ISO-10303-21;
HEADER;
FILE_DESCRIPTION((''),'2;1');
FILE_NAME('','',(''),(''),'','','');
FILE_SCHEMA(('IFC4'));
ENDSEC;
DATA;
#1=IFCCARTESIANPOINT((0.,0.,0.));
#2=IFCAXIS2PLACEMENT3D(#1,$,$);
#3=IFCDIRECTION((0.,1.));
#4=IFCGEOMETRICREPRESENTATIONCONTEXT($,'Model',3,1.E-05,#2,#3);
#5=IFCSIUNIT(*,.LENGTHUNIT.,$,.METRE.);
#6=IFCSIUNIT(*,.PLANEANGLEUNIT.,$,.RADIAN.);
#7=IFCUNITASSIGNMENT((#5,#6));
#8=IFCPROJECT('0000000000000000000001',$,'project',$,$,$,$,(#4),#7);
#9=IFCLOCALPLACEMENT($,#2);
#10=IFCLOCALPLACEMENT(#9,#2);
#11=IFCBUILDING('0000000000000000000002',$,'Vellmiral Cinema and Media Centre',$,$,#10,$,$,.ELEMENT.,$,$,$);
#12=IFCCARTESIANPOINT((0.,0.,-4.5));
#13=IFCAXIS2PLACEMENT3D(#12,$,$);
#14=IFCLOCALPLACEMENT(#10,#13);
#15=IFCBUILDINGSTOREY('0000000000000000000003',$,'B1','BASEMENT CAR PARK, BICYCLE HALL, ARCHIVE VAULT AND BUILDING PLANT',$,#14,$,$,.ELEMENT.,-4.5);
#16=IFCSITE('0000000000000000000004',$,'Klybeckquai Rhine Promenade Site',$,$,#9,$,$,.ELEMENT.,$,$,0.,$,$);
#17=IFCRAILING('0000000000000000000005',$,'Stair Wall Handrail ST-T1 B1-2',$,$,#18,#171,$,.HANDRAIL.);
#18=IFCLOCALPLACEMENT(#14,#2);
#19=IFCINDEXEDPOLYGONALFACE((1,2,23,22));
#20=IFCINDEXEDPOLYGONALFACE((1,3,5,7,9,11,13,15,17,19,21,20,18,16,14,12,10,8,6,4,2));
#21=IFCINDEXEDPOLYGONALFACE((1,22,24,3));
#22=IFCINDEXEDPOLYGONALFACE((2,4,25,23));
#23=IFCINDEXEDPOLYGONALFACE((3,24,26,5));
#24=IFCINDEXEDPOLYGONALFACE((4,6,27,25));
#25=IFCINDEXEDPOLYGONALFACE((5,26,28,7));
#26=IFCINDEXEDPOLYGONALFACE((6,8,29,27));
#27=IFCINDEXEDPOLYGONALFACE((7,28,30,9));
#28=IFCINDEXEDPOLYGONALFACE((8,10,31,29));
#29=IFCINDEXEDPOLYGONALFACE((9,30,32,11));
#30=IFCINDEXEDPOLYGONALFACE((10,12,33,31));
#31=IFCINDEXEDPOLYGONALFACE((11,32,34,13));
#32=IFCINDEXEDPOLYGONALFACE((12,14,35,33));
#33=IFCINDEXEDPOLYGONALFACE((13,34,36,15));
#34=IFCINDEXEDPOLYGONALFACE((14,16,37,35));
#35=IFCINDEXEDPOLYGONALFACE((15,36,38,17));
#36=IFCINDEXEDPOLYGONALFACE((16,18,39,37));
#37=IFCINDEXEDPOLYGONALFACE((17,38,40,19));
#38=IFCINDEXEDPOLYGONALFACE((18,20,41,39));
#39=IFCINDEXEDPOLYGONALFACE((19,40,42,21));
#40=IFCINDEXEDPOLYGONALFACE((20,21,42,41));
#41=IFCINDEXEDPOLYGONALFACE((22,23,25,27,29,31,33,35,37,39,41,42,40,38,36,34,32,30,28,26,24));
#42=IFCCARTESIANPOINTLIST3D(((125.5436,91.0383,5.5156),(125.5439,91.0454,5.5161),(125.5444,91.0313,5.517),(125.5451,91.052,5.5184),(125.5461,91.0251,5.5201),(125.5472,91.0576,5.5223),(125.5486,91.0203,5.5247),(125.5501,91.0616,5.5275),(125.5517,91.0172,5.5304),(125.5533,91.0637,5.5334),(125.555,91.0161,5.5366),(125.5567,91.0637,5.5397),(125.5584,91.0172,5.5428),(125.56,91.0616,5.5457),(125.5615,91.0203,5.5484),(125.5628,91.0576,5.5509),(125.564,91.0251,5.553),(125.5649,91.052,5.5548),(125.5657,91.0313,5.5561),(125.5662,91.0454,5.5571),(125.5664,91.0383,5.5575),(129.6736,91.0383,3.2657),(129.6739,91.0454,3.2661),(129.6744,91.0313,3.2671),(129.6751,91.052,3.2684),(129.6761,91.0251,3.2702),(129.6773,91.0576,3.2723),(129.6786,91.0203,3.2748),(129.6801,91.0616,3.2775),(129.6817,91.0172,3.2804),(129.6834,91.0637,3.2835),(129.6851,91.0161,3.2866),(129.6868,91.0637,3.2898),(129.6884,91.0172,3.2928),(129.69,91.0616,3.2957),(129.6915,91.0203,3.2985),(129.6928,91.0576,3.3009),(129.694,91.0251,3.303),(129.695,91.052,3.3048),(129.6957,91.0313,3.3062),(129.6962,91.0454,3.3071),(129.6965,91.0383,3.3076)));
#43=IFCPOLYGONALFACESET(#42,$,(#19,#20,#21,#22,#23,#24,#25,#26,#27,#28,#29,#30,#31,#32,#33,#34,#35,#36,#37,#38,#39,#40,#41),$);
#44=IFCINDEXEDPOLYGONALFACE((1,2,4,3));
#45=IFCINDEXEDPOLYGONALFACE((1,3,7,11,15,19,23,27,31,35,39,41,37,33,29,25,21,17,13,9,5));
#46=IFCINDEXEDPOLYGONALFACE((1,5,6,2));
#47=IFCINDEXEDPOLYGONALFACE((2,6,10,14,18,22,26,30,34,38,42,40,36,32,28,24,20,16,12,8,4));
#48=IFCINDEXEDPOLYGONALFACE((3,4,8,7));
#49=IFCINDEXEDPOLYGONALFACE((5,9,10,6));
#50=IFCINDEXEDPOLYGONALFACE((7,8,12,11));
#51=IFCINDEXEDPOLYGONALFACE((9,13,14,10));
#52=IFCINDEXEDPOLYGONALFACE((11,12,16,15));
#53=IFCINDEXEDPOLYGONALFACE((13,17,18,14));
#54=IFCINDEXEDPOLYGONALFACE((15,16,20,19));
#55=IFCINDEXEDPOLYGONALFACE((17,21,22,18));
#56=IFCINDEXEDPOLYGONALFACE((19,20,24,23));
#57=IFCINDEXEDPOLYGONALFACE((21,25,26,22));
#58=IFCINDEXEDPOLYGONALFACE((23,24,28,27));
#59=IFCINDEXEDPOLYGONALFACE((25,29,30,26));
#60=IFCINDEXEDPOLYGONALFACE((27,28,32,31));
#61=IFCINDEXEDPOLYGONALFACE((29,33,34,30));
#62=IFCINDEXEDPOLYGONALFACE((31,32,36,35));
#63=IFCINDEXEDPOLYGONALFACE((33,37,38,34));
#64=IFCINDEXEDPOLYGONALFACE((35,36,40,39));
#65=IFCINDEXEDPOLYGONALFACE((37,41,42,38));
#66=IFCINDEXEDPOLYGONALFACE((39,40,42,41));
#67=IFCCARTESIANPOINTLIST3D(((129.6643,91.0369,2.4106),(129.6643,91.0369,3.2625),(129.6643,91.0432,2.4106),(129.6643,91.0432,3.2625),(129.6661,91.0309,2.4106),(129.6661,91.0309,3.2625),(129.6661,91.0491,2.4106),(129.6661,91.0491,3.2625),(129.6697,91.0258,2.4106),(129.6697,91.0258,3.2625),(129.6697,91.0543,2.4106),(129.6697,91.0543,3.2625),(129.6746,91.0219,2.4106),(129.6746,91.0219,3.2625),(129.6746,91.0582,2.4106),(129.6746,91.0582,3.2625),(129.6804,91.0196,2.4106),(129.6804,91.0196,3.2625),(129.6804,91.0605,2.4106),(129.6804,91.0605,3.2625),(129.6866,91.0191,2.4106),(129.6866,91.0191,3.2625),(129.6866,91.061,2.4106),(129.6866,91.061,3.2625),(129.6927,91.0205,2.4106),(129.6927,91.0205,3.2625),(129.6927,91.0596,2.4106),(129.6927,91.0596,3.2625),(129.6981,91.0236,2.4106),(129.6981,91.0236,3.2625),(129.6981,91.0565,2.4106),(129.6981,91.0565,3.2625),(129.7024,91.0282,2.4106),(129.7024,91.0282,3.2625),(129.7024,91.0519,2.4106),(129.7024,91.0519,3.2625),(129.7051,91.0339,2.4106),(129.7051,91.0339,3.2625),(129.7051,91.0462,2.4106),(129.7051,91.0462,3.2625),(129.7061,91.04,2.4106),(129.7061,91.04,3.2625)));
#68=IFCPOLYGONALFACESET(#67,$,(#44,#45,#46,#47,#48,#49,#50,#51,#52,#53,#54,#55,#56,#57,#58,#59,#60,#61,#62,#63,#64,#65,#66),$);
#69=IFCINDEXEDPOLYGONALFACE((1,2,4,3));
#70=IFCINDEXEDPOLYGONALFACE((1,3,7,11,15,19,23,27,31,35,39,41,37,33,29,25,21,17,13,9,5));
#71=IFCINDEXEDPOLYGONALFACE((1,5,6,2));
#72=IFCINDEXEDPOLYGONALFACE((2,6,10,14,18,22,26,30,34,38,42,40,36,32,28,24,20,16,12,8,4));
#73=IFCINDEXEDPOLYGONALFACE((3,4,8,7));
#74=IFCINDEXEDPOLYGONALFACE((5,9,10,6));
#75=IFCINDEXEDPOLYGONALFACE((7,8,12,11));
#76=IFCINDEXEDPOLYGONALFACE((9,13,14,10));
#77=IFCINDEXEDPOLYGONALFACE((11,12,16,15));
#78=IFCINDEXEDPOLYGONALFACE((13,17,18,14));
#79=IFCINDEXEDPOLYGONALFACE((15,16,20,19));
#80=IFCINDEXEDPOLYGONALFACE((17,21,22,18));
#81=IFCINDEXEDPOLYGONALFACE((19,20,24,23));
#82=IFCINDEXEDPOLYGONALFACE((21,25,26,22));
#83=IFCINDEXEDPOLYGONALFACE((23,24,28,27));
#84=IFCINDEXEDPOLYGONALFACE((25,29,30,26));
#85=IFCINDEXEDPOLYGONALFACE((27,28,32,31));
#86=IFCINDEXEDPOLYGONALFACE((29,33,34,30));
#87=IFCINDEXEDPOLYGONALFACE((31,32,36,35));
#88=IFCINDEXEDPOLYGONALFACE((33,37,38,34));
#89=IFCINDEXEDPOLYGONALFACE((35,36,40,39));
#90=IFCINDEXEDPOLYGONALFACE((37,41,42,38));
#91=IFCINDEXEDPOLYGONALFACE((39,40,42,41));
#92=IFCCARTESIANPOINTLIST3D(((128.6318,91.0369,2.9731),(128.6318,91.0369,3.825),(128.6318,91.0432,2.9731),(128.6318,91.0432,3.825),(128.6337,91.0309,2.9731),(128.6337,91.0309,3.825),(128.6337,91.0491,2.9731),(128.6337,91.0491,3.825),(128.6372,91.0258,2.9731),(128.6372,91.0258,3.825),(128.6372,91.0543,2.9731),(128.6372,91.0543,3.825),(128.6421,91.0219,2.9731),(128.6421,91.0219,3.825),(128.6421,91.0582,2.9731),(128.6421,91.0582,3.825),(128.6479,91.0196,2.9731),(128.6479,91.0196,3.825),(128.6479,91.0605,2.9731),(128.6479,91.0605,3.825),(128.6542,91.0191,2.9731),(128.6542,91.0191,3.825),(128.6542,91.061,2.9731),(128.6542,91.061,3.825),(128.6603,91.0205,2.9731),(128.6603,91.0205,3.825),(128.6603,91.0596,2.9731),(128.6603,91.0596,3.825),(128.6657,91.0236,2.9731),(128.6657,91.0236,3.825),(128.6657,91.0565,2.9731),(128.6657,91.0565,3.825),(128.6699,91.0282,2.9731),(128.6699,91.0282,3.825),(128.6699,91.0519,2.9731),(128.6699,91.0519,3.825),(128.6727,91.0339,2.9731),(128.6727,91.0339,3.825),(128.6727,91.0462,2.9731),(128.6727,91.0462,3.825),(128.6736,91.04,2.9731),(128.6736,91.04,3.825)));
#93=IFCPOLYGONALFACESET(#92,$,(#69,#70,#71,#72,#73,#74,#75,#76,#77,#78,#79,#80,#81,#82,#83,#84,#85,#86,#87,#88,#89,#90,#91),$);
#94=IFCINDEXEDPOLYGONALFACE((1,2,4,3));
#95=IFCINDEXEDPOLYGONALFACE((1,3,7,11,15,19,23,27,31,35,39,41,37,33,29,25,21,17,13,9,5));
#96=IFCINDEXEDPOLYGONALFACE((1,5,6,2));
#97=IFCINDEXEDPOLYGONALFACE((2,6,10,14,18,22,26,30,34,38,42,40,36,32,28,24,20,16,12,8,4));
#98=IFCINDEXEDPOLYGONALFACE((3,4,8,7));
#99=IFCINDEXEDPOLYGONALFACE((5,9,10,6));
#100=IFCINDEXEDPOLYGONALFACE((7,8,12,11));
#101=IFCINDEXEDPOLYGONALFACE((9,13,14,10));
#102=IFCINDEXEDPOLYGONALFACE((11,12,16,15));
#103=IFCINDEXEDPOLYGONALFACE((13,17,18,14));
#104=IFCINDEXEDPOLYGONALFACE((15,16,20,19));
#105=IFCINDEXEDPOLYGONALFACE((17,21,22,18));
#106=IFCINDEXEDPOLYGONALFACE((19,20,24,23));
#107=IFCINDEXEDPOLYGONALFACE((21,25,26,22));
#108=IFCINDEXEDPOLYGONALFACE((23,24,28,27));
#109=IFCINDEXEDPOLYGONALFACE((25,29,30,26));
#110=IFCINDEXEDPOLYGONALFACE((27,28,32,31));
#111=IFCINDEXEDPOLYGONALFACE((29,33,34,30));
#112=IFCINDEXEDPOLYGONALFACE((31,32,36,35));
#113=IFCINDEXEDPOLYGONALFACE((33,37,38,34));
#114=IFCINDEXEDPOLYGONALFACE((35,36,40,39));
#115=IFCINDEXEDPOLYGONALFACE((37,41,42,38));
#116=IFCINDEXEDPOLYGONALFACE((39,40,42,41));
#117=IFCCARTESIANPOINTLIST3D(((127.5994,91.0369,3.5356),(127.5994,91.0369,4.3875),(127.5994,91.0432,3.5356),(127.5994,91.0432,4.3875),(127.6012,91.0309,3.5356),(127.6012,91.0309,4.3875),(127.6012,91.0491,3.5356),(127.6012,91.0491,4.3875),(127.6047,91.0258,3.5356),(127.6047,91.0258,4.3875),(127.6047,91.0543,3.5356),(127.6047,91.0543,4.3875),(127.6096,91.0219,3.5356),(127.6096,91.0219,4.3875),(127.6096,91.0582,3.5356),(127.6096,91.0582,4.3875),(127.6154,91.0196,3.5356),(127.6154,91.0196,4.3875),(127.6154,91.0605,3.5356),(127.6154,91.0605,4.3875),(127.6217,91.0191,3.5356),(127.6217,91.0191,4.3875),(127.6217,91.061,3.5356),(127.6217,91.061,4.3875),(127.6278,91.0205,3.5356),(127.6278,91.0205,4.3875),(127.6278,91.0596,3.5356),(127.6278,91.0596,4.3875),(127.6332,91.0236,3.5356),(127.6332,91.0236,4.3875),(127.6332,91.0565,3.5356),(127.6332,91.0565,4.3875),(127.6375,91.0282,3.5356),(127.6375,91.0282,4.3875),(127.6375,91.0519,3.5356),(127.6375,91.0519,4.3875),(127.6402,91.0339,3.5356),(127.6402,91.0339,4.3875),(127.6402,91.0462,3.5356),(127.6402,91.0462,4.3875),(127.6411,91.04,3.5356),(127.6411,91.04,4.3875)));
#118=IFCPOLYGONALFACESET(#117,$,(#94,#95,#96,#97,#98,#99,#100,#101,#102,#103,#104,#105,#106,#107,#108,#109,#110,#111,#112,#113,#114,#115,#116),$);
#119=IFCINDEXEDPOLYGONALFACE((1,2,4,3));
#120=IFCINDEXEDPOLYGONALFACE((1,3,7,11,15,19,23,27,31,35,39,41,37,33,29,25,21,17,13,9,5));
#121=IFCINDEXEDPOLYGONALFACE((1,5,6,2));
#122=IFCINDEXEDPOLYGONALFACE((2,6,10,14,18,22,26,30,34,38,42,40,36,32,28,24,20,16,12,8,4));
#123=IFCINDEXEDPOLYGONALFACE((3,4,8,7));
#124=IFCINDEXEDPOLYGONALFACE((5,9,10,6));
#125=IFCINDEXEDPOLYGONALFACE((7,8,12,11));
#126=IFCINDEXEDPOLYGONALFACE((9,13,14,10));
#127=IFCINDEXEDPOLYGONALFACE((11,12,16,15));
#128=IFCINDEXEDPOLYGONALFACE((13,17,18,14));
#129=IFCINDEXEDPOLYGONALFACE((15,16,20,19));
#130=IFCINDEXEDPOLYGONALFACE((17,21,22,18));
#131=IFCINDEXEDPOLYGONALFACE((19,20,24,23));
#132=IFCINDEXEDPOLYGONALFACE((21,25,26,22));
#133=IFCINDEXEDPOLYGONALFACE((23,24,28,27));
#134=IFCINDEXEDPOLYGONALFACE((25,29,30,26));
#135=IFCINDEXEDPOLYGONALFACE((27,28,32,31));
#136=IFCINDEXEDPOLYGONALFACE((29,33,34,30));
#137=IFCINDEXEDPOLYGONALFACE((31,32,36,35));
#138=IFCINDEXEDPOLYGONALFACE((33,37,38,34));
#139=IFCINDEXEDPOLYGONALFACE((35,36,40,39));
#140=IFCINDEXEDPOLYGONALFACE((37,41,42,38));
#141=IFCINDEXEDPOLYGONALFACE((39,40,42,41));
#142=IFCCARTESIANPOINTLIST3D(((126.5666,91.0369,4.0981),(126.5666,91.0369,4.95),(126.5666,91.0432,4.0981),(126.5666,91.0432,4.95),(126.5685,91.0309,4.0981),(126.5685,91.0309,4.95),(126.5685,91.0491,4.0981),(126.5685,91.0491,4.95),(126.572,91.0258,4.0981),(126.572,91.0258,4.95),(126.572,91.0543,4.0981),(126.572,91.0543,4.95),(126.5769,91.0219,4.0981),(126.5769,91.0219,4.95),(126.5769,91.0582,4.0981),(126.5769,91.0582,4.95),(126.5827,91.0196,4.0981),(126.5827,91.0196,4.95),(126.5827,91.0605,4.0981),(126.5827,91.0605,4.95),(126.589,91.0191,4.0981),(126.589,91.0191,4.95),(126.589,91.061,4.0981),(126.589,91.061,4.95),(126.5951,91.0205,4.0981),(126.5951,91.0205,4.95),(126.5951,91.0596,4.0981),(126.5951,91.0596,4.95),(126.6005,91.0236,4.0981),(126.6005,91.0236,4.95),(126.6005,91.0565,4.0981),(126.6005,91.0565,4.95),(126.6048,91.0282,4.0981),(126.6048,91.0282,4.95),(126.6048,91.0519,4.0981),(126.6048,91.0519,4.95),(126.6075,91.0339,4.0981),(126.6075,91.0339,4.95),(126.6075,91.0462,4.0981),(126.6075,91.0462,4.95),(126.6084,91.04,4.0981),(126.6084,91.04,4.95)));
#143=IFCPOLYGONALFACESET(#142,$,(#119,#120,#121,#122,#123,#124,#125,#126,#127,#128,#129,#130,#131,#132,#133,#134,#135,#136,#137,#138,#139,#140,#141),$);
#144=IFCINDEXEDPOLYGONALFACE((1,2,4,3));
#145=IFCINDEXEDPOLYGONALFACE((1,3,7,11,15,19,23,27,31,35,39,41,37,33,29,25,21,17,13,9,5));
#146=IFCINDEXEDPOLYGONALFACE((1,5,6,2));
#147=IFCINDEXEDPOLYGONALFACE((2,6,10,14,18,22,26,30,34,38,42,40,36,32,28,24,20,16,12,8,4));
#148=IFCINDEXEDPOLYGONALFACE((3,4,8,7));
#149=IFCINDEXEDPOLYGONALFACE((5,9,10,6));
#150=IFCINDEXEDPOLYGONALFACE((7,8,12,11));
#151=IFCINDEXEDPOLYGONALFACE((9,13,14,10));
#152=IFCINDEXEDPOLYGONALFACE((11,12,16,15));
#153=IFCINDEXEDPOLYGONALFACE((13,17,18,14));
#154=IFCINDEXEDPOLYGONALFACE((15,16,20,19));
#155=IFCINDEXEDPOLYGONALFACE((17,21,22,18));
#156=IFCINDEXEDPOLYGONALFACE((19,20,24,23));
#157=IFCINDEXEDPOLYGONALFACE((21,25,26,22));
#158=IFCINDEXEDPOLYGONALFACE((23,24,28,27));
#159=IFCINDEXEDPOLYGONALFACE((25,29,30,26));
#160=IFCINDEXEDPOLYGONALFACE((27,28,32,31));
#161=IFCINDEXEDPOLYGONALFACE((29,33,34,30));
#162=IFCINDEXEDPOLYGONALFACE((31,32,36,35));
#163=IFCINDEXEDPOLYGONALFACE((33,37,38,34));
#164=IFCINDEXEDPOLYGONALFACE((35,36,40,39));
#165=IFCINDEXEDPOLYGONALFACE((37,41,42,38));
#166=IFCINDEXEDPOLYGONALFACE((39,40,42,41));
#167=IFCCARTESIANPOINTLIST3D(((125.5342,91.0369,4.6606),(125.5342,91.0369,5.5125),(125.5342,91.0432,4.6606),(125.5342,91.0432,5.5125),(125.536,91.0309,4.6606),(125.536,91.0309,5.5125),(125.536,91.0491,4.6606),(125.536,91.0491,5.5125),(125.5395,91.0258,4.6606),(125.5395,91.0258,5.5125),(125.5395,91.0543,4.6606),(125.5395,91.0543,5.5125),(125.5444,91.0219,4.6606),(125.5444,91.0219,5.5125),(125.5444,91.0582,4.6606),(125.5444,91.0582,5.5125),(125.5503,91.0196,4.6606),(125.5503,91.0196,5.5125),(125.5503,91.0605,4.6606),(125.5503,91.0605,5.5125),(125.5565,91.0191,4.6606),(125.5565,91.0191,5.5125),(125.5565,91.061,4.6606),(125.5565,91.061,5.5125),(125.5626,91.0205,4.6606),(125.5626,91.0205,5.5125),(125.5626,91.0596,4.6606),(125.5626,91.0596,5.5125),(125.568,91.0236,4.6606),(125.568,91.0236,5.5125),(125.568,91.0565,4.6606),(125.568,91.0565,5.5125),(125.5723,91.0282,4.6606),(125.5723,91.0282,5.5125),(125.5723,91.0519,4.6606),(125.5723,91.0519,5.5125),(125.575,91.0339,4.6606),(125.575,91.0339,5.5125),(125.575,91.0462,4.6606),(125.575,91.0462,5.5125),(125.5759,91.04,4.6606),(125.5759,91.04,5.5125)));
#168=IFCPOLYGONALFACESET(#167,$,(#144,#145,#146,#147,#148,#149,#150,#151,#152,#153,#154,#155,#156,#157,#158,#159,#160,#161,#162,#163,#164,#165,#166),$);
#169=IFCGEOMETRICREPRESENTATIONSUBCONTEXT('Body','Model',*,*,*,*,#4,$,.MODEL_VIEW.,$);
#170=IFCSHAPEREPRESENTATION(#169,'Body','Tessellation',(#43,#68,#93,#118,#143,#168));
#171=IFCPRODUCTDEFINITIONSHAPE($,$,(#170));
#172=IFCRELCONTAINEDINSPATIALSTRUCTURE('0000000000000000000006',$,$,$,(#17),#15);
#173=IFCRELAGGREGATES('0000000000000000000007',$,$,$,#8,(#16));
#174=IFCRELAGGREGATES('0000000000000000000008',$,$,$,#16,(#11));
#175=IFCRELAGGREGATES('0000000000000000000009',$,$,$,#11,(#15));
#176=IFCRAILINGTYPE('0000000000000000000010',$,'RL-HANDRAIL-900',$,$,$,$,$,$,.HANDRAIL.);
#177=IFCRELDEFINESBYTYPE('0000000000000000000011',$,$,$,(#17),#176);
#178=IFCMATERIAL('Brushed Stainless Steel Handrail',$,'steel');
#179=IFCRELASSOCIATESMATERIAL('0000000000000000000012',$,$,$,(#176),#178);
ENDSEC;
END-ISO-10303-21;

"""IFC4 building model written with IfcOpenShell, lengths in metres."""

from ifc_helpers import new_model, si_unit, direction, frame, origin, origin_2d, place, context, subcontext, project, spatial, circle, extrude, material, type_object, element, save


model = new_model("IFC4")

# Units and contexts
model_context = context("Model", 3, precision=1e-05, world=origin(), true_north=direction((0.0, 1.0)))
body_context = subcontext(model_context, "Body", "Model", "MODEL_VIEW")
ifc_project = project(units=[si_unit("LENGTHUNIT", "METRE"), si_unit("PLANEANGLEUNIT", "RADIAN")], contexts=[model_context])

# Site, building, storey
site_placement = place(None, origin())
site = spatial("IfcSite", under=ifc_project, at=site_placement, Name="Klybeckquai Rhine Promenade Site", CompositionType="ELEMENT", RefElevation=0.0)
building_placement = place(site_placement, origin())
building = spatial("IfcBuilding", under=site, at=building_placement, Name="Vellmiral Cinema and Media Centre", CompositionType="ELEMENT")
storey_placement = place(building_placement, frame((0.0, 0.0, -4.5)))
storey = spatial("IfcBuildingStorey", under=building, at=storey_placement, Name="B1", Description="BASEMENT CAR PARK, BICYCLE HALL, ARCHIVE VAULT AND BUILDING PLANT", CompositionType="ELEMENT", Elevation=-4.5)

# Railing
ifc_material_1 = material(Name="Brushed Stainless Steel Handrail", Category="steel")
railing_type_1 = type_object("IfcRailingType", Name="RL-HANDRAIL-900", PredefinedType="HANDRAIL", material=ifc_material_1)
railing_1_placement = place(storey_placement, frame((129.6851, 91.04, 2.4106)))
element("IfcRailing", 1, at=railing_1_placement, inside=storey, type_object=railing_type_1, Name="Stair Wall Handrail ST-T1 B1-2", PredefinedType="HANDRAIL", context=body_context, shape_type="SweptSolid", body=[
    extrude(circle(Radius=0.0239, at=origin_2d()), frame((0.0, 0.0, 0.876), z_axis=(-0.878145, 0.0, 0.478394), x_axis=(0.0, -1.0, 0.0)), (0.0, 0.0, 1.0), 4.7031),
    extrude(circle(Radius=0.021, at=origin_2d()), origin(), (0.0, 0.0, 1.0), 0.8518),
    extrude(circle(Radius=0.021, at=origin_2d()), frame((-1.0325, 0.0, 0.5625)), (0.0, 0.0, 1.0), 0.8518),
    extrude(circle(Radius=0.021, at=origin_2d()), frame((-2.0649, 0.0, 1.125)), (0.0, 0.0, 1.0), 0.8518),
    extrude(circle(Radius=0.021, at=origin_2d()), frame((-3.0977, 0.0, 1.6875)), (0.0, 0.0, 1.0), 0.8518),
    extrude(circle(Radius=0.021, at=origin_2d()), frame((-4.1301, 0.0, 2.25)), (0.0, 0.0, 1.0), 0.8518),
])

save(model, "model.ifc")
